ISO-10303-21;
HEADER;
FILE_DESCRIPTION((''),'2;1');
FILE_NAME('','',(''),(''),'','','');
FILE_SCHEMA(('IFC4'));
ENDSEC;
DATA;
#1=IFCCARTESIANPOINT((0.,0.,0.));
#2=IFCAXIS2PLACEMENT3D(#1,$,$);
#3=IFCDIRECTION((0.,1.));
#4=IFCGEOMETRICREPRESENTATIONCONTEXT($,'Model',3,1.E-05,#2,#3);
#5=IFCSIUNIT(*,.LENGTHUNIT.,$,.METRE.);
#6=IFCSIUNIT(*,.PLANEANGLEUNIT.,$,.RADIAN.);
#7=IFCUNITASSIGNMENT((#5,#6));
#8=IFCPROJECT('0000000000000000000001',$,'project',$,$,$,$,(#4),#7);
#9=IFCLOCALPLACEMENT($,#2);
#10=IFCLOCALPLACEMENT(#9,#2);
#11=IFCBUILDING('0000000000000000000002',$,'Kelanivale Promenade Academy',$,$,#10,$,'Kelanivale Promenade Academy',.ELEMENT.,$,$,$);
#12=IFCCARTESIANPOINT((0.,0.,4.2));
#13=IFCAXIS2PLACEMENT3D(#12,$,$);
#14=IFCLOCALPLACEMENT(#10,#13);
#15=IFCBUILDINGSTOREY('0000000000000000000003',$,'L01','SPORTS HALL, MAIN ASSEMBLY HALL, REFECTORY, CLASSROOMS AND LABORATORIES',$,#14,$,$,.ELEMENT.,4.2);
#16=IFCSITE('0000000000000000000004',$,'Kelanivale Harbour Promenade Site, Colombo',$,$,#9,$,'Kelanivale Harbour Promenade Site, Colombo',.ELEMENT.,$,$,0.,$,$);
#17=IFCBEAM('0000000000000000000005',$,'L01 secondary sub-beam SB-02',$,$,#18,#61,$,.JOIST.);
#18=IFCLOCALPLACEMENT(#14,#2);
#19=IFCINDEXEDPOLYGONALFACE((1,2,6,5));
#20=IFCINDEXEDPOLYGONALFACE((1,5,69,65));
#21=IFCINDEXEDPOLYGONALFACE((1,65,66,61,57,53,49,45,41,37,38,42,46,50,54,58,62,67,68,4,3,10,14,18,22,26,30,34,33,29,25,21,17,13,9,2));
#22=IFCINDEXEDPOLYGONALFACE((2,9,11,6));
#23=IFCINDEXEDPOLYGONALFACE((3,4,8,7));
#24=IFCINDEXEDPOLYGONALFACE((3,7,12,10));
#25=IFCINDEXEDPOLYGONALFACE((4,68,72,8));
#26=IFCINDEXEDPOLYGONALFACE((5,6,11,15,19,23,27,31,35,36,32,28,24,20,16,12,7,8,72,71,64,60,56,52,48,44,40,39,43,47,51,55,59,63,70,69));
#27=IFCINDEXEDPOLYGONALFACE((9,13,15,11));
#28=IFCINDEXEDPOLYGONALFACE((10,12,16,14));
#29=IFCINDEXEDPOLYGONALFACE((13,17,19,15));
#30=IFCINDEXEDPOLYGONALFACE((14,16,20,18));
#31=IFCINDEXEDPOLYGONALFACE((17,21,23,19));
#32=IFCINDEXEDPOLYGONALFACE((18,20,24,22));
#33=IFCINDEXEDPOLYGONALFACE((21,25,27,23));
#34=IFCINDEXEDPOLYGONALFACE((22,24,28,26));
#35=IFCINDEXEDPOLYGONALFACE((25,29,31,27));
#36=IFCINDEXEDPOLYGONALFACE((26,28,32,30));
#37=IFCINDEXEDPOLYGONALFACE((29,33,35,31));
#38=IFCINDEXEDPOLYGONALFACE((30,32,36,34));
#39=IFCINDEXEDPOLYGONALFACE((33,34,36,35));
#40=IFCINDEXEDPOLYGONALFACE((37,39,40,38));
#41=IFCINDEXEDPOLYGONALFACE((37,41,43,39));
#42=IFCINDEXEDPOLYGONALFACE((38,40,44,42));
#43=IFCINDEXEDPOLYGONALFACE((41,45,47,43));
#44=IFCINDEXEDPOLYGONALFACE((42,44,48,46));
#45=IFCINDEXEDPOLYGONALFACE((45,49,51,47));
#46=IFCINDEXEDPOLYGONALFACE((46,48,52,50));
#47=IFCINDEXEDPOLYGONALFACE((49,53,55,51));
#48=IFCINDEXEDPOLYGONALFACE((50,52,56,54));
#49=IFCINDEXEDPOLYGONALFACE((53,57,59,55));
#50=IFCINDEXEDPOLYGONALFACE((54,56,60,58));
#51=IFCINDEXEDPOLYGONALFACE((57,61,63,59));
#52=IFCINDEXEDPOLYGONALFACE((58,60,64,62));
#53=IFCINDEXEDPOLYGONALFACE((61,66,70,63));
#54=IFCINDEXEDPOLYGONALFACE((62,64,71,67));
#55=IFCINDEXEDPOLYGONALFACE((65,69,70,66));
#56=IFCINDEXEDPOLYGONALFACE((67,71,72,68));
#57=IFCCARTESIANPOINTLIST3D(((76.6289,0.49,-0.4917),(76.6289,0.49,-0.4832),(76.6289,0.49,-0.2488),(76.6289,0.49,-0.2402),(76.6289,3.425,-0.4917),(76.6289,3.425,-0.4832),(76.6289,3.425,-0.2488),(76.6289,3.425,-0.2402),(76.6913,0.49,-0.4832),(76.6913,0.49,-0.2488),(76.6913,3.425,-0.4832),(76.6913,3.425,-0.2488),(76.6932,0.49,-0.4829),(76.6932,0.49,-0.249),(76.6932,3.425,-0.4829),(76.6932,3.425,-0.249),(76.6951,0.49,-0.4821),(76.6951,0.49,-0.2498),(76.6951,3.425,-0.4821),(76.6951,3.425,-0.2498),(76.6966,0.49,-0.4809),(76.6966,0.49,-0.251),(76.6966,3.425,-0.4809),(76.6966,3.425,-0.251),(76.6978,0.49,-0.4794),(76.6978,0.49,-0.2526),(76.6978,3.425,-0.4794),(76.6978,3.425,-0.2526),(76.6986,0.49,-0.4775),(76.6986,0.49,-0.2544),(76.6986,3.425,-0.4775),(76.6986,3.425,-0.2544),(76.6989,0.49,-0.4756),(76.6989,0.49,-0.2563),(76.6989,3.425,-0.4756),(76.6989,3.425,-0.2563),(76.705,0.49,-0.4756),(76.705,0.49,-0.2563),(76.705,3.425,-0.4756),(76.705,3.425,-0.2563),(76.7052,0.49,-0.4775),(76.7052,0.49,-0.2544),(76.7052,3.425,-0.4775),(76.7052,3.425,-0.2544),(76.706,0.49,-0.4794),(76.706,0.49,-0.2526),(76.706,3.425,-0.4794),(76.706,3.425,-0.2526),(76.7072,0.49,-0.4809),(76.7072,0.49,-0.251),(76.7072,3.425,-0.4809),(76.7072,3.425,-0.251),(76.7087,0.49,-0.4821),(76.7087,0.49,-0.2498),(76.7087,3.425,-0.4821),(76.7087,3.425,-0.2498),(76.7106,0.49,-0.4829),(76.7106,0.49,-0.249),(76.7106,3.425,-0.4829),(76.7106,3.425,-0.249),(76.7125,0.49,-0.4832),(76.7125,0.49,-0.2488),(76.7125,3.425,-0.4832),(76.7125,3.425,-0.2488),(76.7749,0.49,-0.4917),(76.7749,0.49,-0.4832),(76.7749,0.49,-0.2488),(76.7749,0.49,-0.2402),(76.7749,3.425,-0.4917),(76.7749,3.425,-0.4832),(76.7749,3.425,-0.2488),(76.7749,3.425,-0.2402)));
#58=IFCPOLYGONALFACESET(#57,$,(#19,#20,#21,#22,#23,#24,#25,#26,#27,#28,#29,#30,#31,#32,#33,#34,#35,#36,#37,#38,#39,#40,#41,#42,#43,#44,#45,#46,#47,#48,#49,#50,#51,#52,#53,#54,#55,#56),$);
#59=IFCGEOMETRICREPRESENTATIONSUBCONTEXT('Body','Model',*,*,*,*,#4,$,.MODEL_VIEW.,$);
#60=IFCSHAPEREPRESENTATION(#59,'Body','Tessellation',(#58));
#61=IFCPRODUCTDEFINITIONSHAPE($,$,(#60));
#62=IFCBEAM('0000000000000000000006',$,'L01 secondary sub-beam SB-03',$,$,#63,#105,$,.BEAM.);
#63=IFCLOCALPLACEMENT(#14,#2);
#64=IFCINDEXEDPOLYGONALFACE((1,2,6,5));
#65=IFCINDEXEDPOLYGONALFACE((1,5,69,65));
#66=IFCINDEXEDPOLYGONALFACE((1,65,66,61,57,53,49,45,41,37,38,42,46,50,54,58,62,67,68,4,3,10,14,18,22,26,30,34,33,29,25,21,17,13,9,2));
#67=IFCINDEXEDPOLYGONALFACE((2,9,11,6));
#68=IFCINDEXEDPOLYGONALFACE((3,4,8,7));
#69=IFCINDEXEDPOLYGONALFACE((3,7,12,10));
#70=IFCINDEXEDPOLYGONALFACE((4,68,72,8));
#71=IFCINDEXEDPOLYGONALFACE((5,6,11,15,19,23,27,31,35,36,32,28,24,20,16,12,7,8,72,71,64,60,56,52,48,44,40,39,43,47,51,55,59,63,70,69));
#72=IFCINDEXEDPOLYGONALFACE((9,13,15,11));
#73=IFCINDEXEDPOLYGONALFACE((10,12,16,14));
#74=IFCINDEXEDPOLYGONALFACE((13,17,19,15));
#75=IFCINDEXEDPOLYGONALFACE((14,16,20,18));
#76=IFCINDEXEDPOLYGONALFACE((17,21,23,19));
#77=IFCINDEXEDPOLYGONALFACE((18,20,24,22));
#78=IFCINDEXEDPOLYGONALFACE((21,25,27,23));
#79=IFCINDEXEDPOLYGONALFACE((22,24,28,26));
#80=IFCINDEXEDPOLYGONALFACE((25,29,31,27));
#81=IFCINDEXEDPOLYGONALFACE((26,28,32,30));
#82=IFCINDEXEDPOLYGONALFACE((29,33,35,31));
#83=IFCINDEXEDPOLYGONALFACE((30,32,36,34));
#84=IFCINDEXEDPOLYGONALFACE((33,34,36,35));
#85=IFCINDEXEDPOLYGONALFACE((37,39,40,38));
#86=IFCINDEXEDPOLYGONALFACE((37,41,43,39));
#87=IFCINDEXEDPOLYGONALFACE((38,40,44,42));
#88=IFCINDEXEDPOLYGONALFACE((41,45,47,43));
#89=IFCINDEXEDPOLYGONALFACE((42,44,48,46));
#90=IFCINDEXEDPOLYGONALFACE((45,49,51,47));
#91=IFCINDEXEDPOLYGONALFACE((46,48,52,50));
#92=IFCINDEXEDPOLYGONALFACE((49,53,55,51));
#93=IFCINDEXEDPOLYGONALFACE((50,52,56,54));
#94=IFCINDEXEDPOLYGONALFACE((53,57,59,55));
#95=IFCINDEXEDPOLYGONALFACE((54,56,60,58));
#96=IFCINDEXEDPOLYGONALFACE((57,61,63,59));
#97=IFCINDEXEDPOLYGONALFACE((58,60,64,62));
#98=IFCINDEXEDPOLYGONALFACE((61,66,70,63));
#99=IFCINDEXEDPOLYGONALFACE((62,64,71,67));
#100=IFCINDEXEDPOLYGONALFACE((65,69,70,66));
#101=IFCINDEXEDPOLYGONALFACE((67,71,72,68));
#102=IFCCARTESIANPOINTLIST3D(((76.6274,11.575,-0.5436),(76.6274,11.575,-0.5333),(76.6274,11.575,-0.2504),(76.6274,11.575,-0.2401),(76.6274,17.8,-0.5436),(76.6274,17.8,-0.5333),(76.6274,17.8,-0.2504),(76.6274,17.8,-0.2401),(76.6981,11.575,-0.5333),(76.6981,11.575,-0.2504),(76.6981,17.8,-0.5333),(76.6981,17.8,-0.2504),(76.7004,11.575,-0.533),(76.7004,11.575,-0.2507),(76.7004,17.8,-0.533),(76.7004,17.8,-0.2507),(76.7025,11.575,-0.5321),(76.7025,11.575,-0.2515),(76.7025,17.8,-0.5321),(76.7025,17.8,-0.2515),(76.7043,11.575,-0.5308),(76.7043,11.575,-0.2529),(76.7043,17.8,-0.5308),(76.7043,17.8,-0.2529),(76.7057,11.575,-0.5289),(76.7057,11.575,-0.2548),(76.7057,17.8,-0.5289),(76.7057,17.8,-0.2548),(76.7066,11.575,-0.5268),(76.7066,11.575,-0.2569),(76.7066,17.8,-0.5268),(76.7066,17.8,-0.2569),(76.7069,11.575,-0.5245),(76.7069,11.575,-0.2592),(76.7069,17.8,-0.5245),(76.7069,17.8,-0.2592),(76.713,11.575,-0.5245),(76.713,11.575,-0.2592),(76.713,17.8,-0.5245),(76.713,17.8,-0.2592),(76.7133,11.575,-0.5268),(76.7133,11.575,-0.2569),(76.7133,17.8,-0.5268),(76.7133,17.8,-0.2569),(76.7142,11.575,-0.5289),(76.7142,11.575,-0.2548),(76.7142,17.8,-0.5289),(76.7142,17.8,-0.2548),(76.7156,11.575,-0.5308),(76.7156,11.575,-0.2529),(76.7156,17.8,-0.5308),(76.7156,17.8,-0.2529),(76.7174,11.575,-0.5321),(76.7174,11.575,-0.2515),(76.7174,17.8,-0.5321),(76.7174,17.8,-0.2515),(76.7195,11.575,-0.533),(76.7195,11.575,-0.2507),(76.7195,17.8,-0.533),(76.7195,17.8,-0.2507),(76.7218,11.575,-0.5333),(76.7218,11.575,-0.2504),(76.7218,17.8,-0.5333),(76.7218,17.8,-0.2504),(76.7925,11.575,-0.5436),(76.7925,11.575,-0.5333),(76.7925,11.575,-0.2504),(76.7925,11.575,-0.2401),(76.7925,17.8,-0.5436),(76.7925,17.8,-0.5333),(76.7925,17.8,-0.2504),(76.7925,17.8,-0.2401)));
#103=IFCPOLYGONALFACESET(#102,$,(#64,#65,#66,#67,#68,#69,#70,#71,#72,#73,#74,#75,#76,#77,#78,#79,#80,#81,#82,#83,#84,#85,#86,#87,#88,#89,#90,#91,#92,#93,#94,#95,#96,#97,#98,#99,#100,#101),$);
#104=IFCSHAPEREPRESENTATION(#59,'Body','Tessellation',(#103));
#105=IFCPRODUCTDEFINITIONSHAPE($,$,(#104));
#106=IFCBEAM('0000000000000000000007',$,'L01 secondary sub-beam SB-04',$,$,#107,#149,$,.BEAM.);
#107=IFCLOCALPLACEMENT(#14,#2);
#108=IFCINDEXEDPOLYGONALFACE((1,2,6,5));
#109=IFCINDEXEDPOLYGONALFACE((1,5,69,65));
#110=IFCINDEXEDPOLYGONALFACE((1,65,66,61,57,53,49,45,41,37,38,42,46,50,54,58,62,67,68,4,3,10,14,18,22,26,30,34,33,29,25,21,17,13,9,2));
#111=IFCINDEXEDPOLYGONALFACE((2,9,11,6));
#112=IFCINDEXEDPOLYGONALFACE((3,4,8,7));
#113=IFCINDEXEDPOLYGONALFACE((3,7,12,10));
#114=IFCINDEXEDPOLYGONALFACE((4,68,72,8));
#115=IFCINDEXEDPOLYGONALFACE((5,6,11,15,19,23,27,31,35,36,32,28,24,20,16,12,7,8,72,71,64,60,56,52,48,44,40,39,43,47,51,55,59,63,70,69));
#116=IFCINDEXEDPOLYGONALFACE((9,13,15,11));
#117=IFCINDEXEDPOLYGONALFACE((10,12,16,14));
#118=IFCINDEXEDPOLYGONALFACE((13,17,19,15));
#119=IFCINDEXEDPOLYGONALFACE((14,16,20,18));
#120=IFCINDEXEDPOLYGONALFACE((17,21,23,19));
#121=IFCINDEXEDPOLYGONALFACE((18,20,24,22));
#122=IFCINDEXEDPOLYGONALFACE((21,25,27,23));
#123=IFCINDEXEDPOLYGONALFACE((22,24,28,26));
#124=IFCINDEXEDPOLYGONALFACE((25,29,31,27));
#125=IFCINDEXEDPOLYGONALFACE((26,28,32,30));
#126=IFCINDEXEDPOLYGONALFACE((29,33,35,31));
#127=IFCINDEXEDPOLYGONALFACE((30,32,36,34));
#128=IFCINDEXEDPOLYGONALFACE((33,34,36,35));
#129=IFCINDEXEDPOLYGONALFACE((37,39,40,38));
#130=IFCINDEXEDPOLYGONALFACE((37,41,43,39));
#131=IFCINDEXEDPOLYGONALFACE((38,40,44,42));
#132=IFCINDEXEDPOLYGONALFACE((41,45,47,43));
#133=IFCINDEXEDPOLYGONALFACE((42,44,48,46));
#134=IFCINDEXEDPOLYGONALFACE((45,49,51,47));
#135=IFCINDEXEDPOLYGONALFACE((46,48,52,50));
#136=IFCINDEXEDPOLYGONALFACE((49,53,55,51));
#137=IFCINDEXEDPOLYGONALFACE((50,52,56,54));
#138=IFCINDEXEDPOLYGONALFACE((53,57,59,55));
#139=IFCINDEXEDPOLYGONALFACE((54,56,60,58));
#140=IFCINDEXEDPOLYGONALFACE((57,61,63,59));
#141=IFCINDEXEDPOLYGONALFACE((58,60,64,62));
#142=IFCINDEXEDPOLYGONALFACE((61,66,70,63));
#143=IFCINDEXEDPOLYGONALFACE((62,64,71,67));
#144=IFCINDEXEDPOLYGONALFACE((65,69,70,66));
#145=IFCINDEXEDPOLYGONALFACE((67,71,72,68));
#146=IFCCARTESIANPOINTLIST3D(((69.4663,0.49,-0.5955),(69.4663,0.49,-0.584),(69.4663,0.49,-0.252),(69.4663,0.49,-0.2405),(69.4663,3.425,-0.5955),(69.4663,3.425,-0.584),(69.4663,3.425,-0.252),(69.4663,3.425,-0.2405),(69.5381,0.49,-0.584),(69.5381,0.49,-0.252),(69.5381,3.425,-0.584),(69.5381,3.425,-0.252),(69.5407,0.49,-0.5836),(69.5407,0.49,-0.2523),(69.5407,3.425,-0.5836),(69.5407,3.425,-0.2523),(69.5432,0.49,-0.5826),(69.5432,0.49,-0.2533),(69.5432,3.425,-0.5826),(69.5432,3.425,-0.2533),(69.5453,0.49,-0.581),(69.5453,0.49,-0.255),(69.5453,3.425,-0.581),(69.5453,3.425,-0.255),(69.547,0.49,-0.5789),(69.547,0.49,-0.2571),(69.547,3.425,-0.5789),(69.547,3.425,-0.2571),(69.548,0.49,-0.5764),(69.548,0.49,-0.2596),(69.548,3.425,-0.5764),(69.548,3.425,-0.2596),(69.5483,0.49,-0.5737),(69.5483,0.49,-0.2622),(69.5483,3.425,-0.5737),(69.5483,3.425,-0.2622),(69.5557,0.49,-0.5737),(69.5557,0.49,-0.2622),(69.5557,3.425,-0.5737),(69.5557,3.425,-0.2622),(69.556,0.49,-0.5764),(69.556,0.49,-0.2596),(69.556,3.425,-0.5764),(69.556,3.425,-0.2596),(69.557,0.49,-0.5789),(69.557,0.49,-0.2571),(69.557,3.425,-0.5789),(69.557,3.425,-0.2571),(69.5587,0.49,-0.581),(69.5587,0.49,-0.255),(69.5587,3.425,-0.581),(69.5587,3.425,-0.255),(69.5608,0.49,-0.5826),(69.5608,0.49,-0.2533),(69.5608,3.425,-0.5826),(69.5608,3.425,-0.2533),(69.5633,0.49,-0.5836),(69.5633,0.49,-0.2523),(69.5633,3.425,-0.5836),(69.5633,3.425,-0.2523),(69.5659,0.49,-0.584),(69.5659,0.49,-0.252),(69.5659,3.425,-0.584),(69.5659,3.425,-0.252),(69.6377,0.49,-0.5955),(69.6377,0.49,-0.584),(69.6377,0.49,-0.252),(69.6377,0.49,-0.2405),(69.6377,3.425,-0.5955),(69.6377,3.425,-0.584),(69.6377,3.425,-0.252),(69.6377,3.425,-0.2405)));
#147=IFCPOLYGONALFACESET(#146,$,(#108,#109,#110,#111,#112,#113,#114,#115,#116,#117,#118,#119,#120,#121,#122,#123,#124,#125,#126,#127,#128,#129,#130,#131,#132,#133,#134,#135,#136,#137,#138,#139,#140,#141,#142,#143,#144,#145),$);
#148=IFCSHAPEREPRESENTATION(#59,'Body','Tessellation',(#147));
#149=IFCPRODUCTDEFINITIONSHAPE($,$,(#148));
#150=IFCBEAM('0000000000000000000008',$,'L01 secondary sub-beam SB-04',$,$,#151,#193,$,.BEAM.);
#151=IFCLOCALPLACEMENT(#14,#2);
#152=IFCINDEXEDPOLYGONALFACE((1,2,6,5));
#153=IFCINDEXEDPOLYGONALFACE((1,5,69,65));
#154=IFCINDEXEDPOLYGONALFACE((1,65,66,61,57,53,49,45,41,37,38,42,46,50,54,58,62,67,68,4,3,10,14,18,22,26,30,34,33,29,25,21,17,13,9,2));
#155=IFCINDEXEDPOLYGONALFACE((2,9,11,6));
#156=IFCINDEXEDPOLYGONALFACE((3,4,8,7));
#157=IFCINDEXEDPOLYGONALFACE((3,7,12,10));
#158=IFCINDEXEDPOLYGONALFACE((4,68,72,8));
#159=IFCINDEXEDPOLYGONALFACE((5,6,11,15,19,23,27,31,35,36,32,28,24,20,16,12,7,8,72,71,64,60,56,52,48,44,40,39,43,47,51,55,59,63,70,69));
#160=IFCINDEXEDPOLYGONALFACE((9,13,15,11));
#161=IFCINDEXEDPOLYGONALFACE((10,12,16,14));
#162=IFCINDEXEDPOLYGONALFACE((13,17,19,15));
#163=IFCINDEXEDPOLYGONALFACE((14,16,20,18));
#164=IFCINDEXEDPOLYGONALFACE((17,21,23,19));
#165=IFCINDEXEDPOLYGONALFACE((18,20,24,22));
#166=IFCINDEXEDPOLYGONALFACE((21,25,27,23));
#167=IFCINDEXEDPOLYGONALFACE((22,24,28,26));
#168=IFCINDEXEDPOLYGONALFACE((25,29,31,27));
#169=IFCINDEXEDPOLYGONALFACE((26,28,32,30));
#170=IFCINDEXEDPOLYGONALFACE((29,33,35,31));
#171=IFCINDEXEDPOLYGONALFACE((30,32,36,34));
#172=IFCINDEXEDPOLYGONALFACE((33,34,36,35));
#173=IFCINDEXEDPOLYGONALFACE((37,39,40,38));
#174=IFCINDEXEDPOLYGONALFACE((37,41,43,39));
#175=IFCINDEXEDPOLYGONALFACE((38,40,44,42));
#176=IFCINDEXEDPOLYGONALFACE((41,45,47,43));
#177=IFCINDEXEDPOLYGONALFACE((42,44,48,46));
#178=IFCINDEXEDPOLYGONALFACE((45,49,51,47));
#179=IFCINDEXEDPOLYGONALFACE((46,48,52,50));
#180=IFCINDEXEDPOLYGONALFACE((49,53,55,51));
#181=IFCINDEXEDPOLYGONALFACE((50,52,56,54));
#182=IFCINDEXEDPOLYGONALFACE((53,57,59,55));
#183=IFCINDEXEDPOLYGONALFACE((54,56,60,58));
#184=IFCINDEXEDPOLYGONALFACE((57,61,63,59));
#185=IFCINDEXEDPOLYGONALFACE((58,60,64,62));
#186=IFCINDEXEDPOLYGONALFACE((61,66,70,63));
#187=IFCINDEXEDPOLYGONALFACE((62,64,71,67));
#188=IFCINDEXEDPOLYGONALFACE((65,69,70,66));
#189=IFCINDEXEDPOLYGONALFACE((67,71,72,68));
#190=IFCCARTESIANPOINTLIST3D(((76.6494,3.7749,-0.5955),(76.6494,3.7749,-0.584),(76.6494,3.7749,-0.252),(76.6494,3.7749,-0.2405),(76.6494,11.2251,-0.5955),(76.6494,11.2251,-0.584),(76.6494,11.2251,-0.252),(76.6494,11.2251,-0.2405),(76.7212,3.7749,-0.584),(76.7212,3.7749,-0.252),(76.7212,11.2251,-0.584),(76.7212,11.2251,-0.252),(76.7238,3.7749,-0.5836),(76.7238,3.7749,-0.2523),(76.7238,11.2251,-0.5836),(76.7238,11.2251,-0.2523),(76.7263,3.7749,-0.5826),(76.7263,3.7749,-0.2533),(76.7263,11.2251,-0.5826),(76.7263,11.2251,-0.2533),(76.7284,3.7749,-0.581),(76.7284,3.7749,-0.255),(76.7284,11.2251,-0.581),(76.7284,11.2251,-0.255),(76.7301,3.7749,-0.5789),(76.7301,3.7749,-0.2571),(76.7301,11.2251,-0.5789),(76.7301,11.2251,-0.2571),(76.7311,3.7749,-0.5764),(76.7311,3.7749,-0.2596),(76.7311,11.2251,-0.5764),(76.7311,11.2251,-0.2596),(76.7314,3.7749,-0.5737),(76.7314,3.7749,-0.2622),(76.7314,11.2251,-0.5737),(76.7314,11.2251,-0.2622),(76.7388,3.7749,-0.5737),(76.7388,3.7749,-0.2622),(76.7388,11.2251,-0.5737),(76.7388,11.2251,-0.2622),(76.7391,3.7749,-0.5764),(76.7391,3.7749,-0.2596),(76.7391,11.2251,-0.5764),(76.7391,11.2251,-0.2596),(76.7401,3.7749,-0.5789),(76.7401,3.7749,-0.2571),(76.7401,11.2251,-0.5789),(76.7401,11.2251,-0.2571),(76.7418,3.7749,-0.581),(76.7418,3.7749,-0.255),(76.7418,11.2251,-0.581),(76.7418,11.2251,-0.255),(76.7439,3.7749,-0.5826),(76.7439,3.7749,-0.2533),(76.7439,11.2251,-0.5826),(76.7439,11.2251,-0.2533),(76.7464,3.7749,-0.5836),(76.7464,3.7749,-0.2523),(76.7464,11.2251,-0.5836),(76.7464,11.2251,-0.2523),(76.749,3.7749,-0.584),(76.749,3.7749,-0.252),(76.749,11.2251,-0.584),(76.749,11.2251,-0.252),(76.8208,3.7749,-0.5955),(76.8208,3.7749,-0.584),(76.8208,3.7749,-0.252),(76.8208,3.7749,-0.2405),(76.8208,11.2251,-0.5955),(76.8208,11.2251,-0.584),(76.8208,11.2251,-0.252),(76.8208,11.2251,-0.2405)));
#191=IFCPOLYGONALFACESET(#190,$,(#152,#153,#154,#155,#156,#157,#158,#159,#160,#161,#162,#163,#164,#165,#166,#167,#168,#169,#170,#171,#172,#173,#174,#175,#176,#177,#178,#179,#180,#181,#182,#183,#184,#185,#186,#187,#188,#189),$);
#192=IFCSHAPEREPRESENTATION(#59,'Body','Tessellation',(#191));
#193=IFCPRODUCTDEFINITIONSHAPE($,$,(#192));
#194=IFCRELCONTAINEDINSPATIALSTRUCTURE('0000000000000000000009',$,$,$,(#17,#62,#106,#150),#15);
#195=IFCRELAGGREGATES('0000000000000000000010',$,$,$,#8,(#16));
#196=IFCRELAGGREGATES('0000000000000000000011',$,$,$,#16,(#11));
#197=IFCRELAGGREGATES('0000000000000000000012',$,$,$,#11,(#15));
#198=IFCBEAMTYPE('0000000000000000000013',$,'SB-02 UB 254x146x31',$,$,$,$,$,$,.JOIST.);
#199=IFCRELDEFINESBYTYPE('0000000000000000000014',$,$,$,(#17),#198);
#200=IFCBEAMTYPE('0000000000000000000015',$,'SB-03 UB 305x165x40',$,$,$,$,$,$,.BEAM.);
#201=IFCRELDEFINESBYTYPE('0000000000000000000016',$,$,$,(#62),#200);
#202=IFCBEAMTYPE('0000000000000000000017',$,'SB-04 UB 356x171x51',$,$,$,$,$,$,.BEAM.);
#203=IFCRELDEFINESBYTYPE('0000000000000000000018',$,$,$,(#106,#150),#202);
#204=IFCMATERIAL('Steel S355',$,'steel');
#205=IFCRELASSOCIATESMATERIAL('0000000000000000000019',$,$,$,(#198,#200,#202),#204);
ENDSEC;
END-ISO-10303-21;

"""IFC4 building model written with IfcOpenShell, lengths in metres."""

from ifc_helpers import new_model, si_unit, direction, frame, origin, origin_2d, place, context, subcontext, project, spatial, i_section, extrude, material, material_profile, profile_set, type_object, element, save


model = new_model("IFC4")

# Units and contexts
model_context = context("Model", 3, precision=1e-05, world=origin(), true_north=direction((0.0, 1.0)))
body_context = subcontext(model_context, "Body", "Model", "MODEL_VIEW")
ifc_project = project(units=[si_unit("LENGTHUNIT", "METRE"), si_unit("PLANEANGLEUNIT", "RADIAN")], contexts=[model_context])

# Site, building, storey
site_placement = place(None, origin())
site = spatial("IfcSite", under=ifc_project, at=site_placement, Name="Kelanivale Harbour Promenade Site, Colombo", LongName="Kelanivale Harbour Promenade Site, Colombo", CompositionType="ELEMENT", RefElevation=0.0)
building_placement = place(site_placement, origin())
building = spatial("IfcBuilding", under=site, at=building_placement, Name="Kelanivale Promenade Academy", LongName="Kelanivale Promenade Academy", CompositionType="ELEMENT")
storey_placement = place(building_placement, frame((0.0, 0.0, 4.2)))
storey = spatial("IfcBuildingStorey", under=building, at=storey_placement, Name="L01", Description="SPORTS HALL, MAIN ASSEMBLY HALL, REFECTORY, CLASSROOMS AND LABORATORIES", CompositionType="ELEMENT", Elevation=4.2)

# Beams
ifc_material_1 = material(Name="Steel S355", Category="steel")
ifc_material_profile_1 = material_profile(ifc_material_1, i_section(OverallWidth=0.146, OverallDepth=0.2515, WebThickness=0.0061, FlangeThickness=0.0085, FilletRadius=0.0076, at=origin_2d()), Name="UB 254x146x31")
ifc_profile_set_1 = profile_set([ifc_material_profile_1], Name="Steel S355")
beam_type_1 = type_object("IfcBeamType", Name="SB-02 UB 254x146x31", PredefinedType="JOIST", material=ifc_profile_set_1)
beam_1_placement = place(storey_placement, frame((76.7019, 0.49, -0.366), z_axis=(0.0, 1.0, 0.0), x_axis=(-1.0, 0.0, 0.0)))
element("IfcBeam", 1, at=beam_1_placement, inside=storey, type_object=beam_type_1, Name="L01 secondary sub-beam SB-02", PredefinedType="JOIST", context=body_context, shape_type="SweptSolid", body=[
    extrude(i_section(OverallWidth=0.146, OverallDepth=0.2515, WebThickness=0.0061, FlangeThickness=0.0085, FilletRadius=0.0076, at=origin_2d()), origin(), (0.0, 0.0, 1.0), 2.9351),
])
ifc_material_profile_2 = material_profile(ifc_material_1, i_section(OverallWidth=0.165, OverallDepth=0.3035, WebThickness=0.0061, FlangeThickness=0.0103, FilletRadius=0.0088, at=origin_2d()), Name="UB 305x165x40")
ifc_profile_set_2 = profile_set([ifc_material_profile_2], Name="Steel S355")
beam_type_2 = type_object("IfcBeamType", Name="SB-03 UB 305x165x40", PredefinedType="BEAM", material=ifc_profile_set_2)
beam_2_placement = place(storey_placement, frame((76.71, 11.575, -0.3918), z_axis=(0.0, 1.0, 0.0), x_axis=(-1.0, 0.0, 0.0)))
element("IfcBeam", 2, at=beam_2_placement, inside=storey, type_object=beam_type_2, Name="L01 secondary sub-beam SB-03", PredefinedType="BEAM", context=body_context, shape_type="SweptSolid", body=[
    extrude(i_section(OverallWidth=0.165, OverallDepth=0.3035, WebThickness=0.0061, FlangeThickness=0.0103, FilletRadius=0.0088, at=origin_2d()), origin(), (0.0, 0.0, 1.0), 6.2251),
])
ifc_material_profile_3 = material_profile(ifc_material_1, i_section(OverallWidth=0.1714, OverallDepth=0.355, WebThickness=0.0073, FlangeThickness=0.0115, FilletRadius=0.0103, at=origin_2d()), Name="UB 356x171x51")
ifc_profile_set_3 = profile_set([ifc_material_profile_3], Name="Steel S355")
beam_type_3 = type_object("IfcBeamType", Name="SB-04 UB 356x171x51", PredefinedType="BEAM", material=ifc_profile_set_3)
beam_3_placement = place(storey_placement, frame((69.552, 0.49, -0.418), z_axis=(0.0, 1.0, 0.0), x_axis=(-1.0, 0.0, 0.0)))
element("IfcBeam", 3, at=beam_3_placement, inside=storey, type_object=beam_type_3, Name="L01 secondary sub-beam SB-04", PredefinedType="BEAM", context=body_context, shape_type="SweptSolid", body=[
    extrude(i_section(OverallWidth=0.1714, OverallDepth=0.355, WebThickness=0.0073, FlangeThickness=0.0115, FilletRadius=0.0103, at=origin_2d()), origin(), (0.0, 0.0, 1.0), 2.9351),
])
beam_4_placement = place(storey_placement, frame((76.7351, 3.7749, -0.418), z_axis=(0.0, 1.0, 0.0), x_axis=(-1.0, 0.0, 0.0)))
element("IfcBeam", 4, at=beam_4_placement, inside=storey, type_object=beam_type_3, Name="L01 secondary sub-beam SB-04", PredefinedType="BEAM", context=body_context, shape_type="SweptSolid", body=[
    extrude(i_section(OverallWidth=0.1714, OverallDepth=0.355, WebThickness=0.0073, FlangeThickness=0.0115, FilletRadius=0.0103, at=origin_2d()), origin(), (0.0, 0.0, 1.0), 7.4502),
])

save(model, "model.ifc")
